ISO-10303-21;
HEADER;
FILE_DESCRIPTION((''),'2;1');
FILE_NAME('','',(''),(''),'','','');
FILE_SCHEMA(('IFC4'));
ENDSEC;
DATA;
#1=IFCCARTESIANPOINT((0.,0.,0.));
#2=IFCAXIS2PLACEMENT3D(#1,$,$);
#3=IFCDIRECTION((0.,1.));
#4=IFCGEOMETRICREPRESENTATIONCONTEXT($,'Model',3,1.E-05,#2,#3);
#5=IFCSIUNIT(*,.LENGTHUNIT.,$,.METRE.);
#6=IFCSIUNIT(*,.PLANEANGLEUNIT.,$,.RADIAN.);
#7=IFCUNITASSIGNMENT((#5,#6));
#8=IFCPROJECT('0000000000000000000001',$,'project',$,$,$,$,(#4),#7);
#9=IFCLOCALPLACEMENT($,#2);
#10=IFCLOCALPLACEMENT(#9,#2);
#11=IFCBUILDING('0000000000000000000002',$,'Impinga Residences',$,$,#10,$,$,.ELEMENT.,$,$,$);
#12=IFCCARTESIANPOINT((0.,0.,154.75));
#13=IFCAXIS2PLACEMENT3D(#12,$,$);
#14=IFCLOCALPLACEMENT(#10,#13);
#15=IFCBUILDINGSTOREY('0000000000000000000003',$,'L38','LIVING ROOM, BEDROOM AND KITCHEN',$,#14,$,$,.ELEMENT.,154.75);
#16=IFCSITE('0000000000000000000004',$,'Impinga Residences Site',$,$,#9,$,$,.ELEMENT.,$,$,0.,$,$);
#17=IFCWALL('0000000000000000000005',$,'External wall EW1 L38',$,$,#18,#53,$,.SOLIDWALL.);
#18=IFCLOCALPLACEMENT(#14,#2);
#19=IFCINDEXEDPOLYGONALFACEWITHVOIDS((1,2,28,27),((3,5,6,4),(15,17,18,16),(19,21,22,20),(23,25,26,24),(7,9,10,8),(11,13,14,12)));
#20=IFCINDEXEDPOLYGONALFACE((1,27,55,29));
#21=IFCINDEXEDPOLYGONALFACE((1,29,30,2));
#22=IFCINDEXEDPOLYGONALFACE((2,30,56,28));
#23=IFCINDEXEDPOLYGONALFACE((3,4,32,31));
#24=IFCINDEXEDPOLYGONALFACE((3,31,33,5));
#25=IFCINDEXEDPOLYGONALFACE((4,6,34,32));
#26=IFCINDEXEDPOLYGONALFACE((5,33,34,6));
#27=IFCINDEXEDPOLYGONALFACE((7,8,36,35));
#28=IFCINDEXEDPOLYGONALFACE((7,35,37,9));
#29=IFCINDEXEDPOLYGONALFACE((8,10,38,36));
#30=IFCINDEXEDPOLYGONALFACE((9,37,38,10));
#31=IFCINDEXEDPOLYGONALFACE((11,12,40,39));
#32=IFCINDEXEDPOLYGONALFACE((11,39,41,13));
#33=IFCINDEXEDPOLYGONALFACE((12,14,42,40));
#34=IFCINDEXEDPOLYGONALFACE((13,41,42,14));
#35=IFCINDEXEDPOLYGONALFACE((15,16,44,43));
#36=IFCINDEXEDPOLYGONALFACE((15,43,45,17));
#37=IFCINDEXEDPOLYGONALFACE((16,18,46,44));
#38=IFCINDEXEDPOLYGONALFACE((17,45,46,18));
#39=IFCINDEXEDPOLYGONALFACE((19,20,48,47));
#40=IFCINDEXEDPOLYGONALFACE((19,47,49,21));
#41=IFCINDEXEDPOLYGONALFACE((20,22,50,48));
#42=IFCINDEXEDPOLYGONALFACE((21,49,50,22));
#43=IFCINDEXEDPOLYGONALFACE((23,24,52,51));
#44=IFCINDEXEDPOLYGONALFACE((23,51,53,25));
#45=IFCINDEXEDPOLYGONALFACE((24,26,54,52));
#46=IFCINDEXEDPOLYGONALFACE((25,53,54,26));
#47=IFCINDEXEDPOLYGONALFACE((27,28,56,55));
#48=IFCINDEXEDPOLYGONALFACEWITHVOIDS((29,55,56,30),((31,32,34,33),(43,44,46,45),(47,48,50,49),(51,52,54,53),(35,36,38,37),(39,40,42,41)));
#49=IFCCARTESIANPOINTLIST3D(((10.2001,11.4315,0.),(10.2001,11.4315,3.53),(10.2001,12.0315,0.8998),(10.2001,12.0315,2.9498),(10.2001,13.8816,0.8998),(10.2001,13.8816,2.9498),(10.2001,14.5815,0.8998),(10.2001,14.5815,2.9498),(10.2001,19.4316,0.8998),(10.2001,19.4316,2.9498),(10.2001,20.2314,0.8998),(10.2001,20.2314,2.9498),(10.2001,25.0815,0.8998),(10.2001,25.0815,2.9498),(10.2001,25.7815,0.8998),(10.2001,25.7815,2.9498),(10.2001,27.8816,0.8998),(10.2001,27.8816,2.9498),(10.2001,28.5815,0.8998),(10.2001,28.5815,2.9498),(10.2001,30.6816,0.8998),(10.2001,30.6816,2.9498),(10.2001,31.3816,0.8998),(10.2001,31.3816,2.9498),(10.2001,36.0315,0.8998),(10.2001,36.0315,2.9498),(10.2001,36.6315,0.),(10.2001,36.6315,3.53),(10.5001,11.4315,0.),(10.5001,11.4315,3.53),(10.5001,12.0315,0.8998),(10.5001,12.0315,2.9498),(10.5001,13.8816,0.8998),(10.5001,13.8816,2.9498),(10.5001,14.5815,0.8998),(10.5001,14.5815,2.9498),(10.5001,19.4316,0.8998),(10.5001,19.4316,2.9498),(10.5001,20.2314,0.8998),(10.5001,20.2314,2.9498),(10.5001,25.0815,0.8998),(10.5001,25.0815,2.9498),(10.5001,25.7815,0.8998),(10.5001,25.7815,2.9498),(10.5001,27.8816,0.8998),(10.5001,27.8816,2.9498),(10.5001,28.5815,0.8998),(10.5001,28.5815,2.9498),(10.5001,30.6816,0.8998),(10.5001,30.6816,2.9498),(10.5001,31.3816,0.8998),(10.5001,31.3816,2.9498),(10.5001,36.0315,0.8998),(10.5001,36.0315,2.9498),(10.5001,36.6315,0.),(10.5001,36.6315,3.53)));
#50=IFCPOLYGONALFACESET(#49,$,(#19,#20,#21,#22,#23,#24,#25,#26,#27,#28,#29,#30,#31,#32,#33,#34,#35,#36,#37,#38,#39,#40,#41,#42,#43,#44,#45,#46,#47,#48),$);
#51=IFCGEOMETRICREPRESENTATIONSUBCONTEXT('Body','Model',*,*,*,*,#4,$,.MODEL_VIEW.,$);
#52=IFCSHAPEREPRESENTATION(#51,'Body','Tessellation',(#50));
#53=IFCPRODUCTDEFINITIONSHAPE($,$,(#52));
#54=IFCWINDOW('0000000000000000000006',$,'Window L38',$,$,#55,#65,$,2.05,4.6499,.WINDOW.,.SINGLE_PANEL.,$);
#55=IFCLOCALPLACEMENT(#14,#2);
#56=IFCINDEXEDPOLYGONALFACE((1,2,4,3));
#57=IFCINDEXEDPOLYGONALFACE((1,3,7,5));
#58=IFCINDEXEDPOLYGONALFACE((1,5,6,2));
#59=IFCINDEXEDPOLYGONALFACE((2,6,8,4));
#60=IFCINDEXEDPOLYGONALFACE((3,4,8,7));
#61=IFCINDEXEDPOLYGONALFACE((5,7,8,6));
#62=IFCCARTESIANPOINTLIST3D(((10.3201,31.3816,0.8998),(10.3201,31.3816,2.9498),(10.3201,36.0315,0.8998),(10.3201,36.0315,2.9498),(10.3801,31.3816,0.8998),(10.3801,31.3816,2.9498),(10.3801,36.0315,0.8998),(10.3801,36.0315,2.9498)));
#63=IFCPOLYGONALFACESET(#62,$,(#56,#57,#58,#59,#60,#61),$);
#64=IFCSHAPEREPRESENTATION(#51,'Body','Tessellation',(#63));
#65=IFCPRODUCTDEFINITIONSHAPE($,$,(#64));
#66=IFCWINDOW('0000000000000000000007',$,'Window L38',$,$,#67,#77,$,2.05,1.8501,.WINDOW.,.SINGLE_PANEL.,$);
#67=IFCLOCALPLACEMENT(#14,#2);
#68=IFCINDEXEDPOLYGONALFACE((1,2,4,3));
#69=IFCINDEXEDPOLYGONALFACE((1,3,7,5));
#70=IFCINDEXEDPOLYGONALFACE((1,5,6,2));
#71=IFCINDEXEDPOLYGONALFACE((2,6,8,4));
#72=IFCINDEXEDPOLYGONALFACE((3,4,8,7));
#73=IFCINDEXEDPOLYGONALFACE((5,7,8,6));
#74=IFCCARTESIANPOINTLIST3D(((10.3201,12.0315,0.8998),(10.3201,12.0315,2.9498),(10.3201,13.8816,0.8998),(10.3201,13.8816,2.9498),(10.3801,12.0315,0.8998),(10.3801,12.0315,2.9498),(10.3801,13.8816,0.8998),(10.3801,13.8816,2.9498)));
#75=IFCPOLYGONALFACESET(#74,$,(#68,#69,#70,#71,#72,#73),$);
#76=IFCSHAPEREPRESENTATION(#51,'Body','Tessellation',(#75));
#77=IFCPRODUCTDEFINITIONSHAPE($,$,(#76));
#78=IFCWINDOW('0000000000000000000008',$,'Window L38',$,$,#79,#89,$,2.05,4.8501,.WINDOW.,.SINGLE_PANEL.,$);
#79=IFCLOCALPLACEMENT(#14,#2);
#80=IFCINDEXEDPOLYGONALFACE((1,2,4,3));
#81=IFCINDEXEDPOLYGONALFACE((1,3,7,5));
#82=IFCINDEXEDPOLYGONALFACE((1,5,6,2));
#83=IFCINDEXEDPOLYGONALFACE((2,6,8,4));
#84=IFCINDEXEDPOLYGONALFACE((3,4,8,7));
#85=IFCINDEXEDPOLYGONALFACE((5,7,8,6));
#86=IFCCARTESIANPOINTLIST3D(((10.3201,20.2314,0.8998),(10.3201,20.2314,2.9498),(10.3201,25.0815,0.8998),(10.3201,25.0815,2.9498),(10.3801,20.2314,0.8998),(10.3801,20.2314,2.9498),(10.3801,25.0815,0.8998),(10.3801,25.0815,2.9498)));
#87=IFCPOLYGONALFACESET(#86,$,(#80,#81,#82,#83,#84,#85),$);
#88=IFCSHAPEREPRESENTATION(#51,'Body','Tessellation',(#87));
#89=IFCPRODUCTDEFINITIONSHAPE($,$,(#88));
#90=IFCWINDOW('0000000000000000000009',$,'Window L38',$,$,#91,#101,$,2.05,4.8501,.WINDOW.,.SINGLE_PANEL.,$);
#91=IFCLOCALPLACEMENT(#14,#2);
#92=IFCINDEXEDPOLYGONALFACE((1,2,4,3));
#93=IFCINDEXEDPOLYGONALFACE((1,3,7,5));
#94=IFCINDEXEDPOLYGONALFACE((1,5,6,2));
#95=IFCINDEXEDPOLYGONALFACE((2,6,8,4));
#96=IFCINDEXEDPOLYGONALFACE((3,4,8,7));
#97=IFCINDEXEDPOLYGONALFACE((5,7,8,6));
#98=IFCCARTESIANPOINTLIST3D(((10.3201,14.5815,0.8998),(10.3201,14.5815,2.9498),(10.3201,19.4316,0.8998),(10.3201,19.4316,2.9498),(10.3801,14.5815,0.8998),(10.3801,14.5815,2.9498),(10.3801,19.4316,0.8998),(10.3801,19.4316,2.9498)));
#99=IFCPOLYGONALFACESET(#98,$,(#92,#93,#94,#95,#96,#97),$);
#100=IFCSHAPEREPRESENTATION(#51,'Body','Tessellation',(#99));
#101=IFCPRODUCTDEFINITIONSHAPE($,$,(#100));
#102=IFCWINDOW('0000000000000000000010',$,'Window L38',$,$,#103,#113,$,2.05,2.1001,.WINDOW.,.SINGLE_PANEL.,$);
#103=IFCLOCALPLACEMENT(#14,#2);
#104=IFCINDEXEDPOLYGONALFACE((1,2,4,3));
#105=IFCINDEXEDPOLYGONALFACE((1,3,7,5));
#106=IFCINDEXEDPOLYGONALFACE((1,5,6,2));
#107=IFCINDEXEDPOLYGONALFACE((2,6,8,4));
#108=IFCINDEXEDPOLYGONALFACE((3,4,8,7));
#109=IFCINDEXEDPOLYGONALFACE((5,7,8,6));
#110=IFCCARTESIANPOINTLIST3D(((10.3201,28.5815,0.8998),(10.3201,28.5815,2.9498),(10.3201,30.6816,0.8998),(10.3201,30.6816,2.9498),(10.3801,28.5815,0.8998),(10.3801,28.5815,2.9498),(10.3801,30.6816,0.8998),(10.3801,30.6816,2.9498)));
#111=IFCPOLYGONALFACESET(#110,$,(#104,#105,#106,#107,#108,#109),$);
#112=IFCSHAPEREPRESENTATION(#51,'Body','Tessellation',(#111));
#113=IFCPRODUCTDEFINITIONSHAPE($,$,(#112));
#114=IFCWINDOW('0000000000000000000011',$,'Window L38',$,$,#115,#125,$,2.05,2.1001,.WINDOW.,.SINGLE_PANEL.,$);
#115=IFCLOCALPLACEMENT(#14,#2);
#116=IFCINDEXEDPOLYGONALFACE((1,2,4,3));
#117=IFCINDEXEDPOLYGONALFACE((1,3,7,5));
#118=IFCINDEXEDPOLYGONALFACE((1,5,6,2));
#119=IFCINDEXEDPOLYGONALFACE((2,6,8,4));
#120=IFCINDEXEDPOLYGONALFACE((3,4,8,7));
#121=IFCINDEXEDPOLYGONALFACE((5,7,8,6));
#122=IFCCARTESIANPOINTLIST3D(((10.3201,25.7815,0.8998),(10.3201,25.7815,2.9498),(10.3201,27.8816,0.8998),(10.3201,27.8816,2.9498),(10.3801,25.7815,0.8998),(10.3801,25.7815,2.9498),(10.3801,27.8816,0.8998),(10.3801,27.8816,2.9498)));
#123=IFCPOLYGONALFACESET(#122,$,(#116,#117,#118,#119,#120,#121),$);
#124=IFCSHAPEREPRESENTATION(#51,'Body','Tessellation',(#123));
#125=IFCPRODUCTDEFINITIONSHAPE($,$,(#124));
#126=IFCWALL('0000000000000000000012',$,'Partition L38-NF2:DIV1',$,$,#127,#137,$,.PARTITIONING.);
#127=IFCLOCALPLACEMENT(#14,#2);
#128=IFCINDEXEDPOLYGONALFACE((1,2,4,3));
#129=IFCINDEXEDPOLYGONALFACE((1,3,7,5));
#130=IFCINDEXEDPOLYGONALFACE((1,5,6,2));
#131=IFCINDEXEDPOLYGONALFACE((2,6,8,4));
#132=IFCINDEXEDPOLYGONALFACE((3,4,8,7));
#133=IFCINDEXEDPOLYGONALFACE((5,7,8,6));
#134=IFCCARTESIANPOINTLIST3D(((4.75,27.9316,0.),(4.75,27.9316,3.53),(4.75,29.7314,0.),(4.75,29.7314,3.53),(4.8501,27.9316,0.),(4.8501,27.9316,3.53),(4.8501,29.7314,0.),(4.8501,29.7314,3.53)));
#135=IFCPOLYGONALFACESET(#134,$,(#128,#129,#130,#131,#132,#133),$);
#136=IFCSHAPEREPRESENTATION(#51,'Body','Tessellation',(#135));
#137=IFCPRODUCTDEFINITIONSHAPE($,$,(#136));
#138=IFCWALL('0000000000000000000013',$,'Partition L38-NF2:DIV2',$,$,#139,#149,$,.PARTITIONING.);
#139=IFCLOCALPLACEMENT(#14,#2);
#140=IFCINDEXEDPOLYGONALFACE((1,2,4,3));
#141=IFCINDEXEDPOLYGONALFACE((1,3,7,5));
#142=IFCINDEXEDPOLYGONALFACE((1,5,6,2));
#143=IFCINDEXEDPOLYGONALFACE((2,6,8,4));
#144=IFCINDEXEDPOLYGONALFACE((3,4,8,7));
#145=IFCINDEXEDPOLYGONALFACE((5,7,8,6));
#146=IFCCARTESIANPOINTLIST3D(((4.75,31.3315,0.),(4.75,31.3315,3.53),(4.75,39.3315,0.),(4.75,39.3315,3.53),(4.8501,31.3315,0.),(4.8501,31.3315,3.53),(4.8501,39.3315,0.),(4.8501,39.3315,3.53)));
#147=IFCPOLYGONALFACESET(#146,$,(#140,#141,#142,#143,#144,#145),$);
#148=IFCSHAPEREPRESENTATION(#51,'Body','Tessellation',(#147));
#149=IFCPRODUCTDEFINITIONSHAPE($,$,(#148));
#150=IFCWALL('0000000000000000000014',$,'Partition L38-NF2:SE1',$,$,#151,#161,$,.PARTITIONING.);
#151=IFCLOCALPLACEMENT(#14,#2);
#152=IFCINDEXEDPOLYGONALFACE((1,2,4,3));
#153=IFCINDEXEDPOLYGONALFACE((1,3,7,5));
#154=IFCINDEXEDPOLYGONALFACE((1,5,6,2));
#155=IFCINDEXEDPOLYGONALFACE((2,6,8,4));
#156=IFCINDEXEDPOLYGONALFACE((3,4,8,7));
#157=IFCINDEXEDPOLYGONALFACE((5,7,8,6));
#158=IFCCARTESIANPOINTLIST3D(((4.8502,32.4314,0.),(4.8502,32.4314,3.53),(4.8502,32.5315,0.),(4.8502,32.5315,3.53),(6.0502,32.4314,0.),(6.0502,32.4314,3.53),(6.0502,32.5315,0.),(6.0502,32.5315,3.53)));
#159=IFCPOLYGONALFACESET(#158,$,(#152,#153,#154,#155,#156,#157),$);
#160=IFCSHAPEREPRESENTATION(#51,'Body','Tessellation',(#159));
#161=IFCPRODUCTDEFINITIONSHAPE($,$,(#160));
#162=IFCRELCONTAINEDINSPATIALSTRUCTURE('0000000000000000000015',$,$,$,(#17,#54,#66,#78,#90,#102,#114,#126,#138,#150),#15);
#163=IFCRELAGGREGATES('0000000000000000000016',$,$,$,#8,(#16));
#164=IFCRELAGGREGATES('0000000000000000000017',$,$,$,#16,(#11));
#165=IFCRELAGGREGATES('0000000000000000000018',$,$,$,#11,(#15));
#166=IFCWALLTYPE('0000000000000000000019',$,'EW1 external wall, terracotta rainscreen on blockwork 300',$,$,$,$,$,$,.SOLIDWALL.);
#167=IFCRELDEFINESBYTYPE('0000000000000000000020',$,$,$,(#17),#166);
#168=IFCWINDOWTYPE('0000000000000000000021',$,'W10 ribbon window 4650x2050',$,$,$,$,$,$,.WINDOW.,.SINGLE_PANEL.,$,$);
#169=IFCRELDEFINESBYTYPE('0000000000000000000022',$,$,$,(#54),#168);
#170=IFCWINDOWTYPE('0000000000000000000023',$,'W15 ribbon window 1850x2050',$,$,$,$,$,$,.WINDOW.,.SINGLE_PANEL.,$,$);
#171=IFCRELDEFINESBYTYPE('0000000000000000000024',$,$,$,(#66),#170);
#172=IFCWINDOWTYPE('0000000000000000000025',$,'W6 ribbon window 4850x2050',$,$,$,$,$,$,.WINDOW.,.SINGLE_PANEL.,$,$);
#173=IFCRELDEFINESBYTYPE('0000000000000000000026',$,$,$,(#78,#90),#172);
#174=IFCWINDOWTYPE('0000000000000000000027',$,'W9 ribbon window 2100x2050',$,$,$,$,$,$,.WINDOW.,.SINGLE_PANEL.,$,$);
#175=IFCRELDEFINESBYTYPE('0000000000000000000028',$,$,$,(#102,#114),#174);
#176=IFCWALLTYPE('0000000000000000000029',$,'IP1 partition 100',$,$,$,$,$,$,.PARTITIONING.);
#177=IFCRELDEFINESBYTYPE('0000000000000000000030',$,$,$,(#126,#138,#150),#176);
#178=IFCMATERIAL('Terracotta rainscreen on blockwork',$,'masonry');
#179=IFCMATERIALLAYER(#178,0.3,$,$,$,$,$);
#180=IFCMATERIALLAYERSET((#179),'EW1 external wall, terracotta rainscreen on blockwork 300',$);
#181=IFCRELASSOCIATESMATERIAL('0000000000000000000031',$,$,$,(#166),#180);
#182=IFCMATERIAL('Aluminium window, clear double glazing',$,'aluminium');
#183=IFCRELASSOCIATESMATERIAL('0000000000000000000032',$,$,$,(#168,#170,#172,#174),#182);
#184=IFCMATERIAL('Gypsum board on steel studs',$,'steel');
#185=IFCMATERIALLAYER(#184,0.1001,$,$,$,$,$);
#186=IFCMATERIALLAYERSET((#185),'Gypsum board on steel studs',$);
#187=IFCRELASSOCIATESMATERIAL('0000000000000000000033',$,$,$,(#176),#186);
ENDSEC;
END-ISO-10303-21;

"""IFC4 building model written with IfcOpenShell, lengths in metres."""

from ifc_helpers import new_model, si_unit, direction, frame, frame_2d, origin, place, context, subcontext, project, spatial, rectangle, extrude, material, layer, layer_set, type_object, element, fill, save


model = new_model("IFC4")

# Units and contexts
model_context = context("Model", 3, precision=1e-05, world=origin(), true_north=direction((0.0, 1.0)))
body_context = subcontext(model_context, "Body", "Model", "MODEL_VIEW")
ifc_project = project(units=[si_unit("LENGTHUNIT", "METRE"), si_unit("PLANEANGLEUNIT", "RADIAN")], contexts=[model_context])

# Site, building, storey
site_placement = place(None, origin())
site = spatial("IfcSite", under=ifc_project, at=site_placement, Name="Impinga Residences Site", CompositionType="ELEMENT", RefElevation=0.0)
building_placement = place(site_placement, origin())
building = spatial("IfcBuilding", under=site, at=building_placement, Name="Impinga Residences", CompositionType="ELEMENT")
storey_placement = place(building_placement, frame((0.0, 0.0, 154.75)))
storey = spatial("IfcBuildingStorey", under=building, at=storey_placement, Name="L38", Description="LIVING ROOM, BEDROOM AND KITCHEN", CompositionType="ELEMENT", Elevation=154.75)

# Shared definitions
ifc_material_1 = material(Name="Terracotta rainscreen on blockwork", Category="masonry")
ifc_layer_1 = layer(ifc_material_1, 0.3)
ifc_layer_set_1 = layer_set([ifc_layer_1], Name="EW1 external wall, terracotta rainscreen on blockwork 300")
wall_type_1 = type_object("IfcWallType", Name="EW1 external wall, terracotta rainscreen on blockwork 300", PredefinedType="SOLIDWALL", material=ifc_layer_set_1)

# Wall, openings, windows
wall_1_placement = place(storey_placement, frame((10.3501, 36.6316, 0.0), z_axis=(0.0, 0.0, 1.0), x_axis=(0.0, -1.0, 0.0)))
wall_1 = element("IfcWall", 1, at=wall_1_placement, inside=storey, type_object=wall_type_1, Name="External wall EW1 L38", PredefinedType="SOLIDWALL", context=body_context, shape_type="SweptSolid", body=[
    extrude(rectangle(XDim=25.2, YDim=0.3, at=frame_2d((12.6001, 0.0))), origin(), (0.0, 0.0, 1.0), 3.53),
])
opening_1_placement = place(wall_1_placement, frame((0.6001, 0.0, 0.8999)))
opening_1 = element("IfcOpeningElement", 2, at=opening_1_placement, cuts=wall_1, PredefinedType="OPENING", context=body_context, shape_type="SweptSolid", body=[
    extrude(rectangle(XDim=4.6499, YDim=2.05, at=frame_2d((2.325, 1.0249))), frame((0.0, 0.1599, 0.0), z_axis=(0.0, -1.0, 0.0), x_axis=(1.0, 0.0, 0.0)), (0.0, 0.0, 1.0), 0.3201),
])
opening_2_placement = place(wall_1_placement, frame((5.95, 0.0, 0.8999)))
opening_2 = element("IfcOpeningElement", 3, at=opening_2_placement, cuts=wall_1, PredefinedType="OPENING", context=body_context, shape_type="SweptSolid", body=[
    extrude(rectangle(XDim=2.1001, YDim=2.05, at=frame_2d((1.05, 1.0249))), frame((0.0, 0.1599, 0.0), z_axis=(0.0, -1.0, 0.0), x_axis=(1.0, 0.0, 0.0)), (0.0, 0.0, 1.0), 0.3201),
])
opening_3_placement = place(wall_1_placement, frame((8.75, 0.0, 0.8999)))
opening_3 = element("IfcOpeningElement", 4, at=opening_3_placement, cuts=wall_1, PredefinedType="OPENING", context=body_context, shape_type="SweptSolid", body=[
    extrude(rectangle(XDim=2.1001, YDim=2.05, at=frame_2d((1.05, 1.0249))), frame((0.0, 0.1599, 0.0), z_axis=(0.0, -1.0, 0.0), x_axis=(1.0, 0.0, 0.0)), (0.0, 0.0, 1.0), 0.3201),
])
opening_4_placement = place(wall_1_placement, frame((11.55, 0.0, 0.8999)))
opening_4 = element("IfcOpeningElement", 5, at=opening_4_placement, cuts=wall_1, PredefinedType="OPENING", context=body_context, shape_type="SweptSolid", body=[
    extrude(rectangle(XDim=4.8501, YDim=2.05, at=frame_2d((2.425, 1.0249))), frame((0.0, 0.1599, 0.0), z_axis=(0.0, -1.0, 0.0), x_axis=(1.0, 0.0, 0.0)), (0.0, 0.0, 1.0), 0.3201),
])
opening_5_placement = place(wall_1_placement, frame((17.2, 0.0, 0.8999)))
opening_5 = element("IfcOpeningElement", 6, at=opening_5_placement, cuts=wall_1, PredefinedType="OPENING", context=body_context, shape_type="SweptSolid", body=[
    extrude(rectangle(XDim=4.8501, YDim=2.05, at=frame_2d((2.425, 1.0249))), frame((0.0, 0.1599, 0.0), z_axis=(0.0, -1.0, 0.0), x_axis=(1.0, 0.0, 0.0)), (0.0, 0.0, 1.0), 0.3201),
])
opening_6_placement = place(wall_1_placement, frame((22.75, 0.0, 0.8999)))
opening_6 = element("IfcOpeningElement", 7, at=opening_6_placement, cuts=wall_1, PredefinedType="OPENING", context=body_context, shape_type="SweptSolid", body=[
    extrude(rectangle(XDim=1.8501, YDim=2.05, at=frame_2d((0.925, 1.0249))), frame((0.0, 0.1599, 0.0), z_axis=(0.0, -1.0, 0.0), x_axis=(1.0, 0.0, 0.0)), (0.0, 0.0, 1.0), 0.3201),
])
ifc_material_2 = material(Name="Aluminium window, clear double glazing", Category="aluminium")
window_type_1 = type_object("IfcWindowType", Name="W10 ribbon window 4650x2050", PartitioningType="SINGLE_PANEL", PredefinedType="WINDOW", material=ifc_material_2)
window_1_placement = place(opening_1_placement, origin())
window_1 = element("IfcWindow", 8, at=window_1_placement, inside=storey, type_object=window_type_1, Name="Window L38", OverallHeight=2.05, OverallWidth=4.6499, PartitioningType="SINGLE_PANEL", PredefinedType="WINDOW", context=body_context, shape_type="SweptSolid", body=[
    extrude(rectangle(XDim=4.6499, YDim=2.05, at=frame_2d((2.325, 1.0249))), frame((0.0, 0.03, 0.0), z_axis=(0.0, -1.0, 0.0), x_axis=(1.0, 0.0, 0.0)), (0.0, 0.0, 1.0), 0.0601),
])
fill(opening_1, window_1)
window_type_2 = type_object("IfcWindowType", Name="W15 ribbon window 1850x2050", PartitioningType="SINGLE_PANEL", PredefinedType="WINDOW", material=ifc_material_2)
window_2_placement = place(opening_6_placement, origin())
window_2 = element("IfcWindow", 9, at=window_2_placement, inside=storey, type_object=window_type_2, Name="Window L38", OverallHeight=2.05, OverallWidth=1.8501, PartitioningType="SINGLE_PANEL", PredefinedType="WINDOW", context=body_context, shape_type="SweptSolid", body=[
    extrude(rectangle(XDim=1.8501, YDim=2.05, at=frame_2d((0.925, 1.0249))), frame((0.0, 0.03, 0.0), z_axis=(0.0, -1.0, 0.0), x_axis=(1.0, 0.0, 0.0)), (0.0, 0.0, 1.0), 0.0601),
])
fill(opening_6, window_2)
window_type_3 = type_object("IfcWindowType", Name="W6 ribbon window 4850x2050", PartitioningType="SINGLE_PANEL", PredefinedType="WINDOW", material=ifc_material_2)
window_3_placement = place(opening_4_placement, origin())
window_3 = element("IfcWindow", 10, at=window_3_placement, inside=storey, type_object=window_type_3, Name="Window L38", OverallHeight=2.05, OverallWidth=4.8501, PartitioningType="SINGLE_PANEL", PredefinedType="WINDOW", context=body_context, shape_type="SweptSolid", body=[
    extrude(rectangle(XDim=4.8501, YDim=2.05, at=frame_2d((2.425, 1.0249))), frame((0.0, 0.03, 0.0), z_axis=(0.0, -1.0, 0.0), x_axis=(1.0, 0.0, 0.0)), (0.0, 0.0, 1.0), 0.0601),
])
fill(opening_4, window_3)
window_4_placement = place(opening_5_placement, origin())
window_4 = element("IfcWindow", 11, at=window_4_placement, inside=storey, type_object=window_type_3, Name="Window L38", OverallHeight=2.05, OverallWidth=4.8501, PartitioningType="SINGLE_PANEL", PredefinedType="WINDOW", context=body_context, shape_type="SweptSolid", body=[
    extrude(rectangle(XDim=4.8501, YDim=2.05, at=frame_2d((2.425, 1.0249))), frame((0.0, 0.03, 0.0), z_axis=(0.0, -1.0, 0.0), x_axis=(1.0, 0.0, 0.0)), (0.0, 0.0, 1.0), 0.0601),
])
fill(opening_5, window_4)
window_type_4 = type_object("IfcWindowType", Name="W9 ribbon window 2100x2050", PartitioningType="SINGLE_PANEL", PredefinedType="WINDOW", material=ifc_material_2)
window_5_placement = place(opening_2_placement, origin())
window_5 = element("IfcWindow", 12, at=window_5_placement, inside=storey, type_object=window_type_4, Name="Window L38", OverallHeight=2.05, OverallWidth=2.1001, PartitioningType="SINGLE_PANEL", PredefinedType="WINDOW", context=body_context, shape_type="SweptSolid", body=[
    extrude(rectangle(XDim=2.1001, YDim=2.05, at=frame_2d((1.05, 1.0249))), frame((0.0, 0.03, 0.0), z_axis=(0.0, -1.0, 0.0), x_axis=(1.0, 0.0, 0.0)), (0.0, 0.0, 1.0), 0.0601),
])
fill(opening_2, window_5)
window_6_placement = place(opening_3_placement, origin())
window_6 = element("IfcWindow", 13, at=window_6_placement, inside=storey, type_object=window_type_4, Name="Window L38", OverallHeight=2.05, OverallWidth=2.1001, PartitioningType="SINGLE_PANEL", PredefinedType="WINDOW", context=body_context, shape_type="SweptSolid", body=[
    extrude(rectangle(XDim=2.1001, YDim=2.05, at=frame_2d((1.05, 1.0249))), frame((0.0, 0.03, 0.0), z_axis=(0.0, -1.0, 0.0), x_axis=(1.0, 0.0, 0.0)), (0.0, 0.0, 1.0), 0.0601),
])
fill(opening_3, window_6)

# Walls
ifc_material_3 = material(Name="Gypsum board on steel studs", Category="steel")
ifc_layer_2 = layer(ifc_material_3, 0.1001)
ifc_layer_set_2 = layer_set([ifc_layer_2], Name="Gypsum board on steel studs")
wall_type_2 = type_object("IfcWallType", Name="IP1 partition 100", PredefinedType="PARTITIONING", material=ifc_layer_set_2)
wall_2_placement = place(storey_placement, frame((4.8, 27.9316, 0.0), z_axis=(0.0, 0.0, 1.0), x_axis=(0.0, 1.0, 0.0)))
element("IfcWall", 14, at=wall_2_placement, inside=storey, type_object=wall_type_2, Name="Partition L38-NF2:DIV1", PredefinedType="PARTITIONING", context=body_context, shape_type="SweptSolid", body=[
    extrude(rectangle(XDim=1.7998, YDim=0.1001, at=frame_2d((0.8999, 0.0))), origin(), (0.0, 0.0, 1.0), 3.53),
])
wall_3_placement = place(storey_placement, frame((4.8, 31.3315, 0.0), z_axis=(0.0, 0.0, 1.0), x_axis=(0.0, 1.0, 0.0)))
element("IfcWall", 15, at=wall_3_placement, inside=storey, type_object=wall_type_2, Name="Partition L38-NF2:DIV2", PredefinedType="PARTITIONING", context=body_context, shape_type="SweptSolid", body=[
    extrude(rectangle(XDim=8.0, YDim=0.1001, at=frame_2d((4.0, 0.0))), origin(), (0.0, 0.0, 1.0), 3.53),
])
wall_4_placement = place(storey_placement, frame((4.8501, 32.4814, 0.0), z_axis=(0.0, 0.0, 1.0), x_axis=(1.0, 0.0, 0.0)))
element("IfcWall", 16, at=wall_4_placement, inside=storey, type_object=wall_type_2, Name="Partition L38-NF2:SE1", PredefinedType="PARTITIONING", context=body_context, shape_type="SweptSolid", body=[
    extrude(rectangle(XDim=1.2, YDim=0.1001, at=frame_2d((0.6001, 0.0))), origin(), (0.0, 0.0, 1.0), 3.53),
])

save(model, "model.ifc")
